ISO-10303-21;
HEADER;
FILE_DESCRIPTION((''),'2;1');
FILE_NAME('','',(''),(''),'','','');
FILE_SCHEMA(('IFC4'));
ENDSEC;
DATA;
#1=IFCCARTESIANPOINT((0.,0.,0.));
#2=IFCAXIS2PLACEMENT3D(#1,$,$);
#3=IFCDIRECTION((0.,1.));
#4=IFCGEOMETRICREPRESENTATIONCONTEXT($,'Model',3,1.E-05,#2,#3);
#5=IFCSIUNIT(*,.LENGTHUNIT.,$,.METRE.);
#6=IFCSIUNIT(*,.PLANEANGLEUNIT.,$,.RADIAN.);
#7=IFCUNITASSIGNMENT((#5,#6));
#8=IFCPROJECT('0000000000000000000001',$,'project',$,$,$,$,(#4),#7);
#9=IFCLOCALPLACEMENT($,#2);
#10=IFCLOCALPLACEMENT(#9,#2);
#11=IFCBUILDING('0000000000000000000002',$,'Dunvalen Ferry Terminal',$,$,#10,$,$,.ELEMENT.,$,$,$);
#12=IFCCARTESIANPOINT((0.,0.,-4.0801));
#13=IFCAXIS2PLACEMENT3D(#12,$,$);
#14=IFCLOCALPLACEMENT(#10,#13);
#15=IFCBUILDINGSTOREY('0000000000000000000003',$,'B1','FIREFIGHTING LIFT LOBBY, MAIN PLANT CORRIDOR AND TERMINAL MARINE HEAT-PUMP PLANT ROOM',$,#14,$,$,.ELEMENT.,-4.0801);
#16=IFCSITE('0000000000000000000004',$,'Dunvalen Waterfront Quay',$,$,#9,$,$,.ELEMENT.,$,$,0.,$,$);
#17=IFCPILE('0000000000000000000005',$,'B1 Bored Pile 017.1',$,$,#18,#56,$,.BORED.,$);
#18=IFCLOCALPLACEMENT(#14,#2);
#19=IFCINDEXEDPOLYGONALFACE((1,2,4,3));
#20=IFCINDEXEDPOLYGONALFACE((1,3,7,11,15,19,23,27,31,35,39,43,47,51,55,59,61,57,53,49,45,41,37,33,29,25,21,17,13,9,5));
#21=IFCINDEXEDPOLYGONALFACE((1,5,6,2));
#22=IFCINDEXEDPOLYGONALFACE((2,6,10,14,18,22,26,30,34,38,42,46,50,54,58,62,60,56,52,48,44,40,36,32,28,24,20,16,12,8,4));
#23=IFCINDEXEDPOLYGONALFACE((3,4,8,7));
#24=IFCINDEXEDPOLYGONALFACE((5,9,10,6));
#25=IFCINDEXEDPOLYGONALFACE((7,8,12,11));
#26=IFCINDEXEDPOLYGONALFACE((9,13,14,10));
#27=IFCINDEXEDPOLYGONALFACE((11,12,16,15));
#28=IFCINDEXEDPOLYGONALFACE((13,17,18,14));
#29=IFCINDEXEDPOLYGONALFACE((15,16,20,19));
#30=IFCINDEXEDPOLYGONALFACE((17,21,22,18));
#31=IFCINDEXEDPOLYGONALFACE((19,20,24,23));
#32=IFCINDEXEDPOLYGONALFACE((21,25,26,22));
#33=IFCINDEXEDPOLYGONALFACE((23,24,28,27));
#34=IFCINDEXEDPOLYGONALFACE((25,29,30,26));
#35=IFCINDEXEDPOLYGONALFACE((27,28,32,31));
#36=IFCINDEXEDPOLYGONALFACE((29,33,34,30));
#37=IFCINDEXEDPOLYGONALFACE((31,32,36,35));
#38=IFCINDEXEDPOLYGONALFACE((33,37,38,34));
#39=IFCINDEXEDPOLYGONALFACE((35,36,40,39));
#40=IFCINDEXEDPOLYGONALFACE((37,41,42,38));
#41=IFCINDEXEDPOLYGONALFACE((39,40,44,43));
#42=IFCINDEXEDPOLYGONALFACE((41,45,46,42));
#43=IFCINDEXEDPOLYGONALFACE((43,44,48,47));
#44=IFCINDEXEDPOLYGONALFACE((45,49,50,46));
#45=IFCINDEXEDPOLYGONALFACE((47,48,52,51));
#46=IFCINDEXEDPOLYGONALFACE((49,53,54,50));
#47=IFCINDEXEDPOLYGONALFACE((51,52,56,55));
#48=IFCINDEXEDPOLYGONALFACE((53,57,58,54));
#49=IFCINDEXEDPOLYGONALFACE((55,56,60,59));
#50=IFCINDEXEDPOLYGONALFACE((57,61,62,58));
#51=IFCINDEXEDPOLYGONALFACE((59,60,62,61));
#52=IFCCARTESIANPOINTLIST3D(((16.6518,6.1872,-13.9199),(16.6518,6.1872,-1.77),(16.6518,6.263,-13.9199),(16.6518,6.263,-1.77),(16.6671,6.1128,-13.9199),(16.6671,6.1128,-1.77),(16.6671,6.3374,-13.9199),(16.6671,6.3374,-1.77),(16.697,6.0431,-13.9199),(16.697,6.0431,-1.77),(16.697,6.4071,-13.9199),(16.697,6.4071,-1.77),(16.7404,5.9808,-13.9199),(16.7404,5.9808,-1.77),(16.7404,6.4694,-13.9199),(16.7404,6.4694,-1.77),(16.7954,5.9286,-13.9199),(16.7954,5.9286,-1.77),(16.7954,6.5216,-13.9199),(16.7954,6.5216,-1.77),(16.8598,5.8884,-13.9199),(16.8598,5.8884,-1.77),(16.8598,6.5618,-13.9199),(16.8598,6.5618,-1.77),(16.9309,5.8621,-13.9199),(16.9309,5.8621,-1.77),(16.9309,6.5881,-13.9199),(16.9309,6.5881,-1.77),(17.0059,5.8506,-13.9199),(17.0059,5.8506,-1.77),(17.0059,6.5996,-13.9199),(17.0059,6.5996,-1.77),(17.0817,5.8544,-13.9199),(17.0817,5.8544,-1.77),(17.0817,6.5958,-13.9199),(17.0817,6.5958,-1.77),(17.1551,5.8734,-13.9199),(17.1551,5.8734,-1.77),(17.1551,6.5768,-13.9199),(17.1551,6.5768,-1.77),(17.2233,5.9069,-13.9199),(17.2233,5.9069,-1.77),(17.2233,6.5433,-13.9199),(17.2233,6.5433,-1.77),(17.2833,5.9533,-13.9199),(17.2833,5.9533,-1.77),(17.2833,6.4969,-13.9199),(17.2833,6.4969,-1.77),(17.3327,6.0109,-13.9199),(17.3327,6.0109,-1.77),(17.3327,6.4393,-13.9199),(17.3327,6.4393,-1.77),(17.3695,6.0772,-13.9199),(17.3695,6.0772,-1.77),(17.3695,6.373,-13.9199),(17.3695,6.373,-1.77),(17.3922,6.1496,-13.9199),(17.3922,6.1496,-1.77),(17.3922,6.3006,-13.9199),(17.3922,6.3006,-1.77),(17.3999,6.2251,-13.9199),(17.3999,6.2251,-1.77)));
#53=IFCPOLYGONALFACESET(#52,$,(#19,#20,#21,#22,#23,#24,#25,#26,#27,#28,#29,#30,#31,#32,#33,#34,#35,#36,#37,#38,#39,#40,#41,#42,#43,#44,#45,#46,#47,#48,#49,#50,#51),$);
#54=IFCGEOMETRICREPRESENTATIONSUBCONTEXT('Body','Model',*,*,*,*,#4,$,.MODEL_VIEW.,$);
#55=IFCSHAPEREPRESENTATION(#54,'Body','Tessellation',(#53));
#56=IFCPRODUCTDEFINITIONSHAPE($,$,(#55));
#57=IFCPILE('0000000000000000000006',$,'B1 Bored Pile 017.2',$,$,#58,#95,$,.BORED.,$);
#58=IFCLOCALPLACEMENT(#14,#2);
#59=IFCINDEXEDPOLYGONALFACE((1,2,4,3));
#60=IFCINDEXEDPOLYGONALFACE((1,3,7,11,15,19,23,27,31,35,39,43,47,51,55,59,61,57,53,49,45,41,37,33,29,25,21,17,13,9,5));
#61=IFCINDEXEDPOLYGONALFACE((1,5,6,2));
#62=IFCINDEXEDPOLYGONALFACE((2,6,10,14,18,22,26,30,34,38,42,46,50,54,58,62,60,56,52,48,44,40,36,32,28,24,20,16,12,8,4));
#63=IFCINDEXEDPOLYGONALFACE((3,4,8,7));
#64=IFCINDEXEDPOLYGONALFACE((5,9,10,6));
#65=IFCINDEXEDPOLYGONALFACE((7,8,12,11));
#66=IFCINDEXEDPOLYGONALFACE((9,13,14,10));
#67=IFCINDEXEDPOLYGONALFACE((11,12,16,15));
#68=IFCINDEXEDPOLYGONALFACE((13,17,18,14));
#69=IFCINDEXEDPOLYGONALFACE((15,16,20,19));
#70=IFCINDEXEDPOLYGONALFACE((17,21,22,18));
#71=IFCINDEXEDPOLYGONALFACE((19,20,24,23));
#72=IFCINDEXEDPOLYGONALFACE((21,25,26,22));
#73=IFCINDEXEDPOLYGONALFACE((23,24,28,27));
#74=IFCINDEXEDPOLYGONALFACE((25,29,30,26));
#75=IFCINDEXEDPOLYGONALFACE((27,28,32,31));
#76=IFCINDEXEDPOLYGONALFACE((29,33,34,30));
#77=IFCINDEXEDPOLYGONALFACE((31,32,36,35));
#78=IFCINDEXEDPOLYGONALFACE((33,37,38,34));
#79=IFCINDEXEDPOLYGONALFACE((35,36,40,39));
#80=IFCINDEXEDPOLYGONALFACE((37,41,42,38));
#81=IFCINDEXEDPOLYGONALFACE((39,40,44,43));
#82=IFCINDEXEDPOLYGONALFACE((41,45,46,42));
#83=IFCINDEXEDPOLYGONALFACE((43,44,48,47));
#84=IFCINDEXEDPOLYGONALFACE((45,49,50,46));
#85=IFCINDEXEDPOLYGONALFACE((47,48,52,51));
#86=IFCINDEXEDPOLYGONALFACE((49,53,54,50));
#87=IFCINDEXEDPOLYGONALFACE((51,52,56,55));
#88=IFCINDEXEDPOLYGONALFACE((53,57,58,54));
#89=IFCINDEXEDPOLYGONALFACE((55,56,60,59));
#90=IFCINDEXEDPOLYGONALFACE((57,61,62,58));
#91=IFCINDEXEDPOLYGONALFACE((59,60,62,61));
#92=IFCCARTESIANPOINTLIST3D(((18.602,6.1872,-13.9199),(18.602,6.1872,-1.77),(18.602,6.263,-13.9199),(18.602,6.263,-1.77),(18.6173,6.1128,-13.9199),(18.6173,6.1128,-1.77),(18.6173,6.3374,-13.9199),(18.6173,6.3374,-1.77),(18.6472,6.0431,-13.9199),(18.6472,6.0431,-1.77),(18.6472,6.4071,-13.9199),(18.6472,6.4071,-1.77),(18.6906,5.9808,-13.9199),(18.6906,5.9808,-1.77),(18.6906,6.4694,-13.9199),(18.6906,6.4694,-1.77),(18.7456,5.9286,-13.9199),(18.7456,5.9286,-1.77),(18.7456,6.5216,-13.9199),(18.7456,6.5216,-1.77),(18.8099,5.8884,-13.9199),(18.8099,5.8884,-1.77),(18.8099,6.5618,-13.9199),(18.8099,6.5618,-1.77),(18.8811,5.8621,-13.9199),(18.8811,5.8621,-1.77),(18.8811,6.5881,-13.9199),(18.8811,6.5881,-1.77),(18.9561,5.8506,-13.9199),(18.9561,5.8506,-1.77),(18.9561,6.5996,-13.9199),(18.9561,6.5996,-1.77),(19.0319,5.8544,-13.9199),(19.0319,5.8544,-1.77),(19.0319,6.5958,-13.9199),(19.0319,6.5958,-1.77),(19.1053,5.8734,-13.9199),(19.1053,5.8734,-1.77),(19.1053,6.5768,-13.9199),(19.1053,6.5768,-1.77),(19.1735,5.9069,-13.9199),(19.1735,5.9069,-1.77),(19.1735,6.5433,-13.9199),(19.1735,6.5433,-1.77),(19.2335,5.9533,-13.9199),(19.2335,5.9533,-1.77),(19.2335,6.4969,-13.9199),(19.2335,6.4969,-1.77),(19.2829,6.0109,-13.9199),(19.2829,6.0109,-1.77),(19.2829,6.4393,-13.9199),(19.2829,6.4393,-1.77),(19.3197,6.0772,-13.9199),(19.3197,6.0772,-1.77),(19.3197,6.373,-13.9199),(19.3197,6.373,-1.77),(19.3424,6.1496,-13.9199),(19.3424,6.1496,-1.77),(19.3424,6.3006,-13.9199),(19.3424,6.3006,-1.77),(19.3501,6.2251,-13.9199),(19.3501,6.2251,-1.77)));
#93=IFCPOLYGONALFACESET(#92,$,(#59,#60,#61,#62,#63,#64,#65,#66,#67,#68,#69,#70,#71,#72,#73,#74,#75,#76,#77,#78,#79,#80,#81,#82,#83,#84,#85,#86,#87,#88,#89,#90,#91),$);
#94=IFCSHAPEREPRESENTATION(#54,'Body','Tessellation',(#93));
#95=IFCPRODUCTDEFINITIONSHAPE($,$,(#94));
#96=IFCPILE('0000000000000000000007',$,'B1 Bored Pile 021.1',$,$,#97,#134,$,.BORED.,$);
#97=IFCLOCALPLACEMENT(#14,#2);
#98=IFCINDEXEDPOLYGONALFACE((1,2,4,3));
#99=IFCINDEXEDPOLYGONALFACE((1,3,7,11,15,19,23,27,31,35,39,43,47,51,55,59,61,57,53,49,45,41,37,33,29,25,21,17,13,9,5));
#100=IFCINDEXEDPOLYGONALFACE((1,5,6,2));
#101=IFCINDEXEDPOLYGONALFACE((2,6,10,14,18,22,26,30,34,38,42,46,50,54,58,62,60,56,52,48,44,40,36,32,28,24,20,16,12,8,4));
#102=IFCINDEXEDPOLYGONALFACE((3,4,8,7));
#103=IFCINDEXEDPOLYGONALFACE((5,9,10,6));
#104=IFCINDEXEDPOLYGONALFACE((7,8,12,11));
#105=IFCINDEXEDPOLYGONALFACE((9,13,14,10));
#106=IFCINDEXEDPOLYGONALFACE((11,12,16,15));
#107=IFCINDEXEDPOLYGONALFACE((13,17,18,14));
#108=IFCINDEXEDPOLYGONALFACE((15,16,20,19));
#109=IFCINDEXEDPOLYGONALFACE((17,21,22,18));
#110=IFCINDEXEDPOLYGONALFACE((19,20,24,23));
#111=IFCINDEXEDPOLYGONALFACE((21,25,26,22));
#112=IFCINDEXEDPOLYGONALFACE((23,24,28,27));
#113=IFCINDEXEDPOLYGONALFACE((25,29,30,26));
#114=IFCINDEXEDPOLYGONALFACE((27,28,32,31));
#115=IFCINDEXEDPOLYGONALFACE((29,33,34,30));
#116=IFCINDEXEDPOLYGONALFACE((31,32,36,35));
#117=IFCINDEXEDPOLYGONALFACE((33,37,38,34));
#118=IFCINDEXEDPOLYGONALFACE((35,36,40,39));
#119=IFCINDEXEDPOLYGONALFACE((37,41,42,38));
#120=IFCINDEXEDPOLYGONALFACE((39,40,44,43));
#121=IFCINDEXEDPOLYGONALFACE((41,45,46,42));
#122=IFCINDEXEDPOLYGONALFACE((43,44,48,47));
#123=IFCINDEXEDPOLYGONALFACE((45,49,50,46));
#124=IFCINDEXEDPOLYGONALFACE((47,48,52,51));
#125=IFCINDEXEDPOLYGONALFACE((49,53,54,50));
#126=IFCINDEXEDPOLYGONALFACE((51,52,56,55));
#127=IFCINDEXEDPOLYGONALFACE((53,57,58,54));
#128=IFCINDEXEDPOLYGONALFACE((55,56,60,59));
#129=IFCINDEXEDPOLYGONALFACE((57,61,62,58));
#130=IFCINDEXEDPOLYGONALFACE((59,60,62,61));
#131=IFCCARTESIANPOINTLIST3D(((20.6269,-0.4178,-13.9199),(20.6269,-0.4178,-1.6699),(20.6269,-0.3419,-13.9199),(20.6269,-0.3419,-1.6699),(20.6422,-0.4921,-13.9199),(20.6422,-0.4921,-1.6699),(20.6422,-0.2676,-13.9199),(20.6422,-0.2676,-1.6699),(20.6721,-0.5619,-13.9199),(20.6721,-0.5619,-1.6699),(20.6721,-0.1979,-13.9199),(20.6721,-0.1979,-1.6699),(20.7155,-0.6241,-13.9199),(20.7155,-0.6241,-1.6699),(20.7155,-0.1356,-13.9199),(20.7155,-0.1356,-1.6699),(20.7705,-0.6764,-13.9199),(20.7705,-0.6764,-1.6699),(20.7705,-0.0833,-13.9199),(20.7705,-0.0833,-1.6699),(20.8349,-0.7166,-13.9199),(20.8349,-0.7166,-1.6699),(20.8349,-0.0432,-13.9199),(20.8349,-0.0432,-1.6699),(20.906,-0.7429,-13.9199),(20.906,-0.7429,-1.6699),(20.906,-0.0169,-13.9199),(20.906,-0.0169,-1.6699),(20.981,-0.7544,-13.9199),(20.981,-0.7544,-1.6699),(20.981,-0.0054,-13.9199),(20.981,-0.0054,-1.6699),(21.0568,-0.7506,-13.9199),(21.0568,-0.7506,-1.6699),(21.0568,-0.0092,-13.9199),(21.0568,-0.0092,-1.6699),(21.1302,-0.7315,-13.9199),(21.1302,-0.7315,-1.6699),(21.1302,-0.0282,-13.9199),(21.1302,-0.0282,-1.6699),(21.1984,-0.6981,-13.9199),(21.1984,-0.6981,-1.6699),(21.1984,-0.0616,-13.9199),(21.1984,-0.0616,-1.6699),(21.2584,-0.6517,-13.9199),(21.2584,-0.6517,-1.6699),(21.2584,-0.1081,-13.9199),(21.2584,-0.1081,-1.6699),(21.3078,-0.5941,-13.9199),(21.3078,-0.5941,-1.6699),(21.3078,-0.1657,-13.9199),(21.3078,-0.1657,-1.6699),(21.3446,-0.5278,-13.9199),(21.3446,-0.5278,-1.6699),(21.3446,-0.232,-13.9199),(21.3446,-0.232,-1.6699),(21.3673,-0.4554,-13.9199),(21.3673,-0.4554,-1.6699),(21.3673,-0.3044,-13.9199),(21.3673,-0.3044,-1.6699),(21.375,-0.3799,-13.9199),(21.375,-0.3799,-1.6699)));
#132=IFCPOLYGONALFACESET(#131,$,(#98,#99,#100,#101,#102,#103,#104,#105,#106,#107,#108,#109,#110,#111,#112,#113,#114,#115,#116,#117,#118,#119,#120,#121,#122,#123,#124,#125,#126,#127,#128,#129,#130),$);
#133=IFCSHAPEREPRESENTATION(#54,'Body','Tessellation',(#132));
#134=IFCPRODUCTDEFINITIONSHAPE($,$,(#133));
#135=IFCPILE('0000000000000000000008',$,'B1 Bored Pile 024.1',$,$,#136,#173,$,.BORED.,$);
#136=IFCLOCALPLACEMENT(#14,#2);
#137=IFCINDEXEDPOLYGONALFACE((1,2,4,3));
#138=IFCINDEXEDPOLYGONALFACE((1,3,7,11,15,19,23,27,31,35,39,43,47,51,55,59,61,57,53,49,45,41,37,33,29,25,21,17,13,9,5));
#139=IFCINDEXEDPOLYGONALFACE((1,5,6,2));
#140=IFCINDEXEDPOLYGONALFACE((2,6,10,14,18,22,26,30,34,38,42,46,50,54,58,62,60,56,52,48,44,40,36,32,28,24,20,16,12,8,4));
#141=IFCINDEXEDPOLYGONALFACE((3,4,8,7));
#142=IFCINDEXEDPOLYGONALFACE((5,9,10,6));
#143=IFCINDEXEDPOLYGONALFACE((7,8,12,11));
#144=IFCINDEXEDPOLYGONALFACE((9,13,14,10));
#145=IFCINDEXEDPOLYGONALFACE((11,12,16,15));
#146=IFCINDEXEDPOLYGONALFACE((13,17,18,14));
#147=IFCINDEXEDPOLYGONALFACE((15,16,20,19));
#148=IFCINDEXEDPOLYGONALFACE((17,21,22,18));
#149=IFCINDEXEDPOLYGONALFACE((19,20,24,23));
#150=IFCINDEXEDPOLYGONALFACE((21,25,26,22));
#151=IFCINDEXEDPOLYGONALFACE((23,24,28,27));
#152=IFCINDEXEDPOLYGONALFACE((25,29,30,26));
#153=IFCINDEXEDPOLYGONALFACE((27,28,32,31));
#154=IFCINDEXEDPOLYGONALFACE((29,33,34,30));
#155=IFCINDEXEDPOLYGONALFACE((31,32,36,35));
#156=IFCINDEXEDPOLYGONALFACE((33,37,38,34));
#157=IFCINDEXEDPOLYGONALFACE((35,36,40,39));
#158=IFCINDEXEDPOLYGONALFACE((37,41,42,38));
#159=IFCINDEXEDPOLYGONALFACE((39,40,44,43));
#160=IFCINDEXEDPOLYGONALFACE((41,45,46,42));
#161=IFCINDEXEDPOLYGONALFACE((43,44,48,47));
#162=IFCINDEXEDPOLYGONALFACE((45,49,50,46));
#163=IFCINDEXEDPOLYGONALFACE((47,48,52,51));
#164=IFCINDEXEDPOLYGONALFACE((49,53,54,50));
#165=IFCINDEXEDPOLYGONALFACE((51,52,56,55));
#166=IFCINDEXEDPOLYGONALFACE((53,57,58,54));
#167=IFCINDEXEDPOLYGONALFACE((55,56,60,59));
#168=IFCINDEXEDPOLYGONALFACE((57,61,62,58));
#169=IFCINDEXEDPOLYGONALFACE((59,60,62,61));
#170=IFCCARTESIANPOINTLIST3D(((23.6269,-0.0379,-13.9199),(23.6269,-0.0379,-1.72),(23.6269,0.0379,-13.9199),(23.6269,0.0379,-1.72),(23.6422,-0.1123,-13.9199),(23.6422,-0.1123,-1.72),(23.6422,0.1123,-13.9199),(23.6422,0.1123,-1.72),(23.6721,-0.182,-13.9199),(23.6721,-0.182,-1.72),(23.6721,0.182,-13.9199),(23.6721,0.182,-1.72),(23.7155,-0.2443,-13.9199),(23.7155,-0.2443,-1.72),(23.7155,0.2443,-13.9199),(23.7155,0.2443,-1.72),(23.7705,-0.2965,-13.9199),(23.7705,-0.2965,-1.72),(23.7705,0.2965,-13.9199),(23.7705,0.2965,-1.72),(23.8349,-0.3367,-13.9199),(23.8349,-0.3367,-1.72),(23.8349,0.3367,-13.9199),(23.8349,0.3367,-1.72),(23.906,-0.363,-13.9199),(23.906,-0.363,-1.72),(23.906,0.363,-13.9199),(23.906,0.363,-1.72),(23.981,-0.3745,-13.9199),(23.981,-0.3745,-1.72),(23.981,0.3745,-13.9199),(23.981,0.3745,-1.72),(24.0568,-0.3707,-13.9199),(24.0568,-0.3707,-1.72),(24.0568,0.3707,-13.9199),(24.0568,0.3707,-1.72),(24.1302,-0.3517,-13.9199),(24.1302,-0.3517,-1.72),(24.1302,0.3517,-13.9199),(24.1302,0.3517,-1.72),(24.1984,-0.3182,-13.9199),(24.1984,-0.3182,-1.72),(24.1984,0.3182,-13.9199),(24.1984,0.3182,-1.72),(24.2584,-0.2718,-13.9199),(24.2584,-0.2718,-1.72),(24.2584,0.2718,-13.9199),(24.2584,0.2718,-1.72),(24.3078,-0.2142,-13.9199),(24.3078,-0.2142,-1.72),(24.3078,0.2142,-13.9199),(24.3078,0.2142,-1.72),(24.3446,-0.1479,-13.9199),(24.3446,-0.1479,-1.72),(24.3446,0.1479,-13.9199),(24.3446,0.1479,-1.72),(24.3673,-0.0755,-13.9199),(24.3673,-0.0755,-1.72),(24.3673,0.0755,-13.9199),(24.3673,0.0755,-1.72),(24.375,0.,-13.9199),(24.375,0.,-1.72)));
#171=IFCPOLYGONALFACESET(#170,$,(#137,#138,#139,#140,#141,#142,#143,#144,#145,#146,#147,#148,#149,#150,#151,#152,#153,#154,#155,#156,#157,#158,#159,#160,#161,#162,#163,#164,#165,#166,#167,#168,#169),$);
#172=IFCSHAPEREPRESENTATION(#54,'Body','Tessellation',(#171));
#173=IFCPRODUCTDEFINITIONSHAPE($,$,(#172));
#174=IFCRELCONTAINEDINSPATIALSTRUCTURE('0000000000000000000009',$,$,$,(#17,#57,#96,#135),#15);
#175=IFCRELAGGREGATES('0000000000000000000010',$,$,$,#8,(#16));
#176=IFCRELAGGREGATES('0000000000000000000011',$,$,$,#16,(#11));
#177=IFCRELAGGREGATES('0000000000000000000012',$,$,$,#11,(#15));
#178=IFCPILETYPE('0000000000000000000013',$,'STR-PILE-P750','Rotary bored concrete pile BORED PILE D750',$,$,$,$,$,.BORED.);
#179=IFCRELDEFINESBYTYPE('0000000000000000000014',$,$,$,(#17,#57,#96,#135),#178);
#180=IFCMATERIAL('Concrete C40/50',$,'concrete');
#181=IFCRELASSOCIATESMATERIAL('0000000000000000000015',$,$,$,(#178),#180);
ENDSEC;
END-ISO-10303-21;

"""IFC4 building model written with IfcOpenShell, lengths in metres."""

from ifc_helpers import new_model, si_unit, direction, frame, origin, origin_2d, place, context, subcontext, project, spatial, circle, extrude, material, material_profile, profile_set, type_object, element, save


model = new_model("IFC4")

# Units and contexts
model_context = context("Model", 3, precision=1e-05, world=origin(), true_north=direction((0.0, 1.0)))
body_context = subcontext(model_context, "Body", "Model", "MODEL_VIEW")
ifc_project = project(units=[si_unit("LENGTHUNIT", "METRE"), si_unit("PLANEANGLEUNIT", "RADIAN")], contexts=[model_context])

# Site, building, storey
site_placement = place(None, origin())
site = spatial("IfcSite", under=ifc_project, at=site_placement, Name="Dunvalen Waterfront Quay", CompositionType="ELEMENT", RefElevation=0.0)
building_placement = place(site_placement, origin())
building = spatial("IfcBuilding", under=site, at=building_placement, Name="Dunvalen Ferry Terminal", CompositionType="ELEMENT")
storey_placement = place(building_placement, frame((0.0, 0.0, -4.0801)))
storey = spatial("IfcBuildingStorey", under=building, at=storey_placement, Name="B1", Description="FIREFIGHTING LIFT LOBBY, MAIN PLANT CORRIDOR AND TERMINAL MARINE HEAT-PUMP PLANT ROOM", CompositionType="ELEMENT", Elevation=-4.0801)

# Shared definitions
ifc_material = material(Name="Concrete C40/50", Category="concrete")

# Piles
ifc_material_profile_1 = material_profile(ifc_material, circle(Radius=0.375, at=origin_2d()), Name="Concrete C40/50")
ifc_profile_set_1 = profile_set([ifc_material_profile_1], Name="Concrete C40/50")
pile_type_1 = type_object("IfcPileType", Name="STR-PILE-P750", Description="Rotary bored concrete pile BORED PILE D750", PredefinedType="BORED", material=ifc_profile_set_1)
for number, where, z_axis, x_axis, name in (
    (1, (17.0249, 6.2251, -1.77), (0.0, 0.0, -1.0), (1.0, 0.0, 0.0), "B1 Bored Pile 017.1"),
    (2, (18.9751, 6.2251, -1.77), (0.0, 0.0, -1.0), (1.0, 0.0, 0.0), "B1 Bored Pile 017.2"),
):
    element("IfcPile", number, at=place(storey_placement, frame(where, z_axis=z_axis, x_axis=x_axis)), inside=storey, type_object=pile_type_1, Name=name, PredefinedType="BORED", context=body_context, shape_type="SweptSolid", body=[
        extrude(circle(Radius=0.375, at=origin_2d()), origin(), (0.0, 0.0, 1.0), 12.1499),
    ])
pile_1_placement = place(storey_placement, frame((21.0, -0.3799, -1.6699), z_axis=(0.0, 0.0, -1.0), x_axis=(1.0, 0.0, 0.0)))
element("IfcPile", 3, at=pile_1_placement, inside=storey, type_object=pile_type_1, Name="B1 Bored Pile 021.1", PredefinedType="BORED", context=body_context, shape_type="SweptSolid", body=[
    extrude(circle(Radius=0.375, at=origin_2d()), origin(), (0.0, 0.0, 1.0), 12.25),
])
pile_2_placement = place(storey_placement, frame((24.0, 0.0, -1.72), z_axis=(0.0, 0.0, -1.0), x_axis=(1.0, 0.0, 0.0)))
element("IfcPile", 4, at=pile_2_placement, inside=storey, type_object=pile_type_1, Name="B1 Bored Pile 024.1", PredefinedType="BORED", context=body_context, shape_type="SweptSolid", body=[
    extrude(circle(Radius=0.375, at=origin_2d()), origin(), (0.0, 0.0, 1.0), 12.2),
])

save(model, "model.ifc")
